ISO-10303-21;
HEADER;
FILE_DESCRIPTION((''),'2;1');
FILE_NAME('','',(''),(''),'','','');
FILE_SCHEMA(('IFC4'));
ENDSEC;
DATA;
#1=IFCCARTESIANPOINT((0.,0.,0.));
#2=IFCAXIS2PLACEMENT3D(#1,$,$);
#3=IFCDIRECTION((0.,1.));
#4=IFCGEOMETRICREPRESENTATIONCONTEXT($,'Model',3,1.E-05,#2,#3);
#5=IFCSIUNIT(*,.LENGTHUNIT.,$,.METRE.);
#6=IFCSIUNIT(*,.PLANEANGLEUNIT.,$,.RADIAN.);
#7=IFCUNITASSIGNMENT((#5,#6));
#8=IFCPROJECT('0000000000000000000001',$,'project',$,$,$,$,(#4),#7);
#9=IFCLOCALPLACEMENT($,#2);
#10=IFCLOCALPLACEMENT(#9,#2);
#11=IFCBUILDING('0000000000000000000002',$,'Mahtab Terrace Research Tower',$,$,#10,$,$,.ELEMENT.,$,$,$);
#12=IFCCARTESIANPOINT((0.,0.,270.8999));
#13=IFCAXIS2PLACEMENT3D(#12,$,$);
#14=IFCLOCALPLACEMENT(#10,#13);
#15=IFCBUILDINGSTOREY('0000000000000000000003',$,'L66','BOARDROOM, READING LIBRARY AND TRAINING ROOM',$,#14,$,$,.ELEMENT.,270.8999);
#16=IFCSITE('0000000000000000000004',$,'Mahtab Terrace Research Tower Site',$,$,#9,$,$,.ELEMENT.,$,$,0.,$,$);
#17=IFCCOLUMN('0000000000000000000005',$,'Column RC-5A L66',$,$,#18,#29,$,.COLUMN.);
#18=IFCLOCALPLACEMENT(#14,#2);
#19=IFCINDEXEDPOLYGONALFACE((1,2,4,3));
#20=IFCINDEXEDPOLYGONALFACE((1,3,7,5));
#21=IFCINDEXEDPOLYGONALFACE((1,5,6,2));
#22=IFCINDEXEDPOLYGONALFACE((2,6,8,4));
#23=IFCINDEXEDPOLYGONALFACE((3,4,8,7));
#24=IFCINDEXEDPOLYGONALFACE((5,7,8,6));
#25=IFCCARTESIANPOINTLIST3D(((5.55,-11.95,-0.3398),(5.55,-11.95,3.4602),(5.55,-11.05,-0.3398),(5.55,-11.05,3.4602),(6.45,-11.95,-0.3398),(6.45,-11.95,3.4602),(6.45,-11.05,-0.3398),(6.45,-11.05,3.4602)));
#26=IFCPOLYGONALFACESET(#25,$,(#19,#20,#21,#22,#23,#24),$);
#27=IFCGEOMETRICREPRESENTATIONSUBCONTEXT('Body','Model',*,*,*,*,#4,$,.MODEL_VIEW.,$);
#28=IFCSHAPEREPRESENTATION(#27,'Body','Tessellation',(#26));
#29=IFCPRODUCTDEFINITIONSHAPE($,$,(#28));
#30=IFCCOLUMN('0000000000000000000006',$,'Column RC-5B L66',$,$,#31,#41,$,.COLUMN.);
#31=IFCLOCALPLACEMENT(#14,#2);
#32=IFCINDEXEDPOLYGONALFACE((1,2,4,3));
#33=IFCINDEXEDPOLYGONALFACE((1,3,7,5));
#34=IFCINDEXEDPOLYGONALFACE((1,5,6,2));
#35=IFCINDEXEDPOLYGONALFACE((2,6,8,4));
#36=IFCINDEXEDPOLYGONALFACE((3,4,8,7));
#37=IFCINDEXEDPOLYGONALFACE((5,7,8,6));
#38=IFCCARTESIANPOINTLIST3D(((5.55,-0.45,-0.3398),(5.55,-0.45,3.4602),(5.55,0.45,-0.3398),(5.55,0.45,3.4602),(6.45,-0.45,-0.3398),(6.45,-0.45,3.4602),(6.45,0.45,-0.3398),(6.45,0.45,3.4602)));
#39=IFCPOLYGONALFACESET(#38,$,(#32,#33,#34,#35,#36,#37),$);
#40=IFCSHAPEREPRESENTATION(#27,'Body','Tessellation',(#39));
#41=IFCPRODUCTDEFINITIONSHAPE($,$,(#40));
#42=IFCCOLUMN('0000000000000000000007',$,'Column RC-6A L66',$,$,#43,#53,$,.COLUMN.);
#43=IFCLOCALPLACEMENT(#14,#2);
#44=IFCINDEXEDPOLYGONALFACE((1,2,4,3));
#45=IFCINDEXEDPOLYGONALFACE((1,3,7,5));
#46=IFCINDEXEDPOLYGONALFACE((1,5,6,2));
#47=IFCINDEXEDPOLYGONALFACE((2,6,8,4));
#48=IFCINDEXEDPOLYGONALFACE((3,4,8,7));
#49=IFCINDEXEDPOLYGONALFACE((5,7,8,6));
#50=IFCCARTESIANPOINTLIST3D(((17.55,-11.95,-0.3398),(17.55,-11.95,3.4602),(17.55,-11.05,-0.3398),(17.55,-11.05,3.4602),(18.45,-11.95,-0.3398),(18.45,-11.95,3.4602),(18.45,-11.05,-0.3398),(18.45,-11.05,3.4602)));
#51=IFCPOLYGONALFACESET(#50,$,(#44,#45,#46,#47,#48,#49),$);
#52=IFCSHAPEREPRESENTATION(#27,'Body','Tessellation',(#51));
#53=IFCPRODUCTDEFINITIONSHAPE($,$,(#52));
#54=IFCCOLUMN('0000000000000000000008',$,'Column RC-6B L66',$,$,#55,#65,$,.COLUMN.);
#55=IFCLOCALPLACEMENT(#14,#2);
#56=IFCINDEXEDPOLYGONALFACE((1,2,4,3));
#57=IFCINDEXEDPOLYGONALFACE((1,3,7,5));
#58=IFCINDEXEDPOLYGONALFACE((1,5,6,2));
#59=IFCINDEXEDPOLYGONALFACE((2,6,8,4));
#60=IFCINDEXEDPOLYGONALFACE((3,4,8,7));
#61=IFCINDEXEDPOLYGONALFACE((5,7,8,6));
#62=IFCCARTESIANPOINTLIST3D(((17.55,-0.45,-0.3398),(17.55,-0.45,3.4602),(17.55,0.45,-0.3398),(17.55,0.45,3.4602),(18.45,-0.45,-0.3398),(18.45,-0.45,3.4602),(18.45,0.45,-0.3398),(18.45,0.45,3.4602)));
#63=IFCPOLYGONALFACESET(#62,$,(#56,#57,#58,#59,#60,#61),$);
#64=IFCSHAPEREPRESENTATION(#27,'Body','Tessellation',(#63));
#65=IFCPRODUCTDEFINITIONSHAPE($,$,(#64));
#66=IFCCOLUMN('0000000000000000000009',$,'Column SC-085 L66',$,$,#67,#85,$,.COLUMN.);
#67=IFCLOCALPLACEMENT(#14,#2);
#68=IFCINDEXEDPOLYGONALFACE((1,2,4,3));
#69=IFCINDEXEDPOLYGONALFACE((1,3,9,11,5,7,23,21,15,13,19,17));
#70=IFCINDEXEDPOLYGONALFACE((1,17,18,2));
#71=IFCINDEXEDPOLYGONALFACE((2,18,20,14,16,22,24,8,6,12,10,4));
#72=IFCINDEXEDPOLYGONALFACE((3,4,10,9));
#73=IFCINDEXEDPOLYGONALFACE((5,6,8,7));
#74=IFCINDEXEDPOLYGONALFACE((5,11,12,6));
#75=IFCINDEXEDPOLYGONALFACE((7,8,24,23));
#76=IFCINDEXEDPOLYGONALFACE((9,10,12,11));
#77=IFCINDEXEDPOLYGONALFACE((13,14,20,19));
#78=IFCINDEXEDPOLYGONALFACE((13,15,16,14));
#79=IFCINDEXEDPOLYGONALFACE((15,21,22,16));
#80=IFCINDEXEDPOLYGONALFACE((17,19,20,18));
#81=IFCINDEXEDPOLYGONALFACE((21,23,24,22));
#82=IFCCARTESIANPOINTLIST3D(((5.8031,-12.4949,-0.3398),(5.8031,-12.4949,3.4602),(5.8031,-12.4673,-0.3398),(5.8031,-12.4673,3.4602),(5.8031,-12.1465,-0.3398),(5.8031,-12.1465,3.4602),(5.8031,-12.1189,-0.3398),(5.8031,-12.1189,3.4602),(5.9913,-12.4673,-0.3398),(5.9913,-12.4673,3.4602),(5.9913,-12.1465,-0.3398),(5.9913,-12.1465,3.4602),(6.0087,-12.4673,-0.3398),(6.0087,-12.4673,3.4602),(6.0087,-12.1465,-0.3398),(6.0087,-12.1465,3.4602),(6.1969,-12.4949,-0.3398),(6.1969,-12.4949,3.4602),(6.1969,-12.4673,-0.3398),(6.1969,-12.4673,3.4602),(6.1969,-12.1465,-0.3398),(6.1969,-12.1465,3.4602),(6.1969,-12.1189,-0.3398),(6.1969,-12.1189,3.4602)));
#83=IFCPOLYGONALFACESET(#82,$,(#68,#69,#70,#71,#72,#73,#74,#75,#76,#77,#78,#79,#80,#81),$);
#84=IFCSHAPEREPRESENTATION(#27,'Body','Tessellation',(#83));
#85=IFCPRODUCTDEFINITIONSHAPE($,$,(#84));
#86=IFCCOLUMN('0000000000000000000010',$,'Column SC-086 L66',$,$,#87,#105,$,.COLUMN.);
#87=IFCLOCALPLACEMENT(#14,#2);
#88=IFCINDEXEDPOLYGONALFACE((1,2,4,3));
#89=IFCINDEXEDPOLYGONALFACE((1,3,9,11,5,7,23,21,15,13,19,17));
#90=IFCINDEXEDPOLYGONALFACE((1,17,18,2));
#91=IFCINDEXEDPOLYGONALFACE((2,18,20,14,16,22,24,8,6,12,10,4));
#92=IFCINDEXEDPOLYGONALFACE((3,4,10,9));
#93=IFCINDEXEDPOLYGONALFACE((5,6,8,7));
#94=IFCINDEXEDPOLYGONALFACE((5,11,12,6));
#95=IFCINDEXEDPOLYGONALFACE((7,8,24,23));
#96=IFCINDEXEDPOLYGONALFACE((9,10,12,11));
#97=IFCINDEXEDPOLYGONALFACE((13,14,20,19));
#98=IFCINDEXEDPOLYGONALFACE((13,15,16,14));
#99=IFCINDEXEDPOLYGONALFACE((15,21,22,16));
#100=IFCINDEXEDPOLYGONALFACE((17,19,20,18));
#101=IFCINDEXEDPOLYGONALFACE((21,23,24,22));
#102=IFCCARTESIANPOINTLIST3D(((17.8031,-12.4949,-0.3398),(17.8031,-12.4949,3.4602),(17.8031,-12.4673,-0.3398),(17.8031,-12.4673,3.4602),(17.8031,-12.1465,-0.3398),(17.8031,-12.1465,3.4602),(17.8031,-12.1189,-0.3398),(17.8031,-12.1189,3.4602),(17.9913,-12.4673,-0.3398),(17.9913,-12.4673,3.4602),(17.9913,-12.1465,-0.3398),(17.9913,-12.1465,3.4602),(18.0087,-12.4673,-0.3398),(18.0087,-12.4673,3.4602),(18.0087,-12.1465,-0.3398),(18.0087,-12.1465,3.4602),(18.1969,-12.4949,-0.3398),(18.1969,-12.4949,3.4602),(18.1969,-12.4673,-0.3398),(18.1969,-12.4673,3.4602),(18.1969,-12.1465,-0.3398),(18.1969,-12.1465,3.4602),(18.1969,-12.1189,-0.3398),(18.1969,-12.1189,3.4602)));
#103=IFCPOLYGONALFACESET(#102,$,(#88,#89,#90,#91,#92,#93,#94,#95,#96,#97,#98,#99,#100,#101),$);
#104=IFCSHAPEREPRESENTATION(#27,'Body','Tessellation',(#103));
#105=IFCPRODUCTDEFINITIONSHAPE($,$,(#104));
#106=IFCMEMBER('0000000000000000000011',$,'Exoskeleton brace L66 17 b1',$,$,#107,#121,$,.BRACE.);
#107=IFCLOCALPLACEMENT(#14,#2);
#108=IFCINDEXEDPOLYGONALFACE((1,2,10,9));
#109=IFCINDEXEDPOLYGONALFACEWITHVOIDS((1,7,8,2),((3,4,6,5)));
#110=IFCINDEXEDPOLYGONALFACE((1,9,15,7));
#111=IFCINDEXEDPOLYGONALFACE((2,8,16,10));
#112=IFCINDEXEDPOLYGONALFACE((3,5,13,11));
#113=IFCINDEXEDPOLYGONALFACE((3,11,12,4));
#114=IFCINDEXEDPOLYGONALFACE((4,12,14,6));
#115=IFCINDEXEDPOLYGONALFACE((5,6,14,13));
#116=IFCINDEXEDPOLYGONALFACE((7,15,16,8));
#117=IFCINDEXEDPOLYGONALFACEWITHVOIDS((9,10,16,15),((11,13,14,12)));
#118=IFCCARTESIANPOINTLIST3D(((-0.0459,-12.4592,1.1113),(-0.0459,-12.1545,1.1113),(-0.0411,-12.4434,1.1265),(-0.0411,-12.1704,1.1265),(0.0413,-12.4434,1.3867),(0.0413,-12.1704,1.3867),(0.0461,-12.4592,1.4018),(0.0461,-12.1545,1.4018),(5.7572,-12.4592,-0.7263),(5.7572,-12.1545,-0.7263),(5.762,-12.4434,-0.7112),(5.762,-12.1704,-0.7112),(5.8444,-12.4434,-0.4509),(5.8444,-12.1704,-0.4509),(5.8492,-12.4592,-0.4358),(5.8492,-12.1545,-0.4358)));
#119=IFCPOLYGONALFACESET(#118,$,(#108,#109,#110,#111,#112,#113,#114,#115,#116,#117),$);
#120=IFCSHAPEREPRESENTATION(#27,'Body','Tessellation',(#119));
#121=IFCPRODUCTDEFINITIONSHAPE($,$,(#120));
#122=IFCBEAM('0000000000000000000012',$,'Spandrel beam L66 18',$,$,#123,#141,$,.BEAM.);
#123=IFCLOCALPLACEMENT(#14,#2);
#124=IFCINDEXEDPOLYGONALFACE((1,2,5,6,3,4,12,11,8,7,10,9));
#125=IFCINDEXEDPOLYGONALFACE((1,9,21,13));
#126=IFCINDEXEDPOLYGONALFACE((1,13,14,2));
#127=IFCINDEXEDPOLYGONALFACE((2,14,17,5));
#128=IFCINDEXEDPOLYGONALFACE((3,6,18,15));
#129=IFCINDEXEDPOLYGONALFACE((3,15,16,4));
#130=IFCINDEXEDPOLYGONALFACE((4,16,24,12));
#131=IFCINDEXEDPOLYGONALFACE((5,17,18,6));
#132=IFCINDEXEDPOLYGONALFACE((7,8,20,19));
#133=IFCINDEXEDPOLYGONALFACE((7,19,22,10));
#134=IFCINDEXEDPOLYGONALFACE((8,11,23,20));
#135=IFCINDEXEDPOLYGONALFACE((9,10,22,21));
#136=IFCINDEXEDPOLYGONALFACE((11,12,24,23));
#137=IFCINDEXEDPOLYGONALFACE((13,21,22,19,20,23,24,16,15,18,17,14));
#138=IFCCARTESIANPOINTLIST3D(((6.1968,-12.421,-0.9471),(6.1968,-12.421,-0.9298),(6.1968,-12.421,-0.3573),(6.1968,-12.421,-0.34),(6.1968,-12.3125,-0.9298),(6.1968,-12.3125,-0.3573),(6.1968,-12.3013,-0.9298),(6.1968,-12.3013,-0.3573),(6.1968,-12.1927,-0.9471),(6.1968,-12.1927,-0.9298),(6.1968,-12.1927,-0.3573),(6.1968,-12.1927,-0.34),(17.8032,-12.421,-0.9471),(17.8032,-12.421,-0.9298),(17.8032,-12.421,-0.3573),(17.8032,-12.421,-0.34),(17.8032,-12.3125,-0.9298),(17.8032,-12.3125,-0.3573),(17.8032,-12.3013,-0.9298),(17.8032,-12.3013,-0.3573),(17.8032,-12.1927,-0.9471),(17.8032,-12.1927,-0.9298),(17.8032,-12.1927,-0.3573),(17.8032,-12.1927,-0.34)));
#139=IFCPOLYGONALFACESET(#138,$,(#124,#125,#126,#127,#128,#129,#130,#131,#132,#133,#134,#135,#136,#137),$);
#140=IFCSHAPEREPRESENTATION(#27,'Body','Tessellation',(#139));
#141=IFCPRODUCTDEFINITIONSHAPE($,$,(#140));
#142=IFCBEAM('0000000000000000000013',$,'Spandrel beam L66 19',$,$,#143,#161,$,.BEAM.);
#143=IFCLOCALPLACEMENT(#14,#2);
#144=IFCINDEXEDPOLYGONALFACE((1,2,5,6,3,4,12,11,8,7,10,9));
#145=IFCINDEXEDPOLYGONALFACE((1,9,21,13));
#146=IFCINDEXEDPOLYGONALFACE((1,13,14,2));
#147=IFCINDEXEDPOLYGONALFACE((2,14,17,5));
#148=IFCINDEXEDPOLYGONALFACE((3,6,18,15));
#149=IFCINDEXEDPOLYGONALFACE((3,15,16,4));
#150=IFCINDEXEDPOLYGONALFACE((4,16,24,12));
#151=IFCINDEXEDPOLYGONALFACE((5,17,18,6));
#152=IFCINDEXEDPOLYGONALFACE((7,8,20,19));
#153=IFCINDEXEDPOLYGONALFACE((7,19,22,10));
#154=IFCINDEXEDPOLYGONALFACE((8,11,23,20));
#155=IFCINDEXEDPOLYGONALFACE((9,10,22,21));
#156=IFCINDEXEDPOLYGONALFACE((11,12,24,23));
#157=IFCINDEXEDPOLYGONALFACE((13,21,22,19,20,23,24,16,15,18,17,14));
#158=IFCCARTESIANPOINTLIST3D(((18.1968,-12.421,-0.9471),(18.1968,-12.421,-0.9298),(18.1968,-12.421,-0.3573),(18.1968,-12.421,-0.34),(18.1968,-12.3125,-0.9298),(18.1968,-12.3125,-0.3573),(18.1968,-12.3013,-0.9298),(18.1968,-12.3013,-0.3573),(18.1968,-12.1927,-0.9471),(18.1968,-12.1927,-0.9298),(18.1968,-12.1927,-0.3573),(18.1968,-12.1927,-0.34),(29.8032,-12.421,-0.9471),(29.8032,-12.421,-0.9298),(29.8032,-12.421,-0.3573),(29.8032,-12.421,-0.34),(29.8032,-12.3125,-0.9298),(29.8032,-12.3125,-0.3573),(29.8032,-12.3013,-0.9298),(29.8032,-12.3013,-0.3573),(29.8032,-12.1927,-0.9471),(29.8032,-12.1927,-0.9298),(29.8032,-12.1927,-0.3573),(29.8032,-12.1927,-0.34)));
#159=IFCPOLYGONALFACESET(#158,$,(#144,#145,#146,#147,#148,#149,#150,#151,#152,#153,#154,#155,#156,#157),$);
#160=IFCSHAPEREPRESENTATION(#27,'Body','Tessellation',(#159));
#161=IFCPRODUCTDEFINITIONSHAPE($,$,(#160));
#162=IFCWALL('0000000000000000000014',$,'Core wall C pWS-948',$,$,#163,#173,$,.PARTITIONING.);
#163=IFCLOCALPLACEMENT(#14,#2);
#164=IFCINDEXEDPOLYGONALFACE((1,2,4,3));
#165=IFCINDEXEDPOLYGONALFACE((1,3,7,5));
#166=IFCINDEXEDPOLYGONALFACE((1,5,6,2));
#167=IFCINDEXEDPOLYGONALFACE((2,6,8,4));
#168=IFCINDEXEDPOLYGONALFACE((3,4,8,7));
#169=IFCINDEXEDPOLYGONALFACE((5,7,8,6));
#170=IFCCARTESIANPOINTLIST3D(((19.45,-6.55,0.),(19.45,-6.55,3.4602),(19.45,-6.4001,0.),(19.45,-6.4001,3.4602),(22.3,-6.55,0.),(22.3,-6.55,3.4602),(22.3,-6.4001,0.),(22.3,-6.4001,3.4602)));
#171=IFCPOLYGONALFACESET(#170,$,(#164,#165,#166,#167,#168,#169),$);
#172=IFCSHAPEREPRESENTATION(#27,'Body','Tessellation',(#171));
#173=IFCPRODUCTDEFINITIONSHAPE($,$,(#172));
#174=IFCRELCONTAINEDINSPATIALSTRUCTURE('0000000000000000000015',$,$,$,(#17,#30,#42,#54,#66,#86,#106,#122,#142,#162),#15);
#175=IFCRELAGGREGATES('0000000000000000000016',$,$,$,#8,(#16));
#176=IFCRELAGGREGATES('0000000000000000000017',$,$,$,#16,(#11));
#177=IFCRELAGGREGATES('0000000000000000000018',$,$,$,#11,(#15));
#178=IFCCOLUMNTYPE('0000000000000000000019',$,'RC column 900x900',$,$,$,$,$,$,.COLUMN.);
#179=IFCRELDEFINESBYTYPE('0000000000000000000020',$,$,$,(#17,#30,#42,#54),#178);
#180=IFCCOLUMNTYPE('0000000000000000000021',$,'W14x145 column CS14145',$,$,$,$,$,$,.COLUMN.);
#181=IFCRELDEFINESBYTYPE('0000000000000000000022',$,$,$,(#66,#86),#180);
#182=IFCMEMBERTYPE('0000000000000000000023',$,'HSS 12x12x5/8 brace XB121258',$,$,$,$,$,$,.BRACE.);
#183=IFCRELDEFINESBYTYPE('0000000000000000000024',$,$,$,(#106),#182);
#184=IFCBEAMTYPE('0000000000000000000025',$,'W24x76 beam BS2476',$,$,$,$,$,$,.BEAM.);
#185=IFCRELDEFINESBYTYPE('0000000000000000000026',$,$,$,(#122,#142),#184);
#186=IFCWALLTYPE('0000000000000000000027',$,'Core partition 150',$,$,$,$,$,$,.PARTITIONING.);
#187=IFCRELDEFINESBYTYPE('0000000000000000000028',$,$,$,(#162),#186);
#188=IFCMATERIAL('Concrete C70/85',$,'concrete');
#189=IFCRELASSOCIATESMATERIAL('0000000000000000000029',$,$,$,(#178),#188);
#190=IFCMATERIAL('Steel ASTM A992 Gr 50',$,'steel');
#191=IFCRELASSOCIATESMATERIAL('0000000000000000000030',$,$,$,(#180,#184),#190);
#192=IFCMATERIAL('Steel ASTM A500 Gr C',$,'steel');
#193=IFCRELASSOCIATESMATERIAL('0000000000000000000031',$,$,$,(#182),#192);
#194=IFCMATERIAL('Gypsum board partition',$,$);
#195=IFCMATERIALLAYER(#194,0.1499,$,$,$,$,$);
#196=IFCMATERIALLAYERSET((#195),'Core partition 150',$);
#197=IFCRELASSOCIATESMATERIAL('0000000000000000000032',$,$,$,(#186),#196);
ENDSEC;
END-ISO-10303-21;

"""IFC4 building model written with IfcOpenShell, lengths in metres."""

from ifc_helpers import new_model, si_unit, direction, frame, frame_2d, origin, origin_2d, place, context, subcontext, project, spatial, rectangle, hollow_rectangle, i_section, extrude, material, layer, layer_set, material_profile, profile_set, type_object, element, save


model = new_model("IFC4")

# Units and contexts
model_context = context("Model", 3, precision=1e-05, world=origin(), true_north=direction((0.0, 1.0)))
body_context = subcontext(model_context, "Body", "Model", "MODEL_VIEW")
ifc_project = project(units=[si_unit("LENGTHUNIT", "METRE"), si_unit("PLANEANGLEUNIT", "RADIAN")], contexts=[model_context])

# Site, building, storey
site_placement = place(None, origin())
site = spatial("IfcSite", under=ifc_project, at=site_placement, Name="Mahtab Terrace Research Tower Site", CompositionType="ELEMENT", RefElevation=0.0)
building_placement = place(site_placement, origin())
building = spatial("IfcBuilding", under=site, at=building_placement, Name="Mahtab Terrace Research Tower", CompositionType="ELEMENT")
storey_placement = place(building_placement, frame((0.0, 0.0, 270.8999)))
storey = spatial("IfcBuildingStorey", under=building, at=storey_placement, Name="L66", Description="BOARDROOM, READING LIBRARY AND TRAINING ROOM", CompositionType="ELEMENT", Elevation=270.8999)

# Columns
ifc_material_1 = material(Name="Concrete C70/85", Category="concrete")
ifc_material_profile_1 = material_profile(ifc_material_1, rectangle(XDim=0.8999, YDim=0.8999, at=origin_2d()), Name="RC column 900x900")
ifc_profile_set_1 = profile_set([ifc_material_profile_1], Name="Concrete C70/85")
column_type_1 = type_object("IfcColumnType", Name="RC column 900x900", PredefinedType="COLUMN", material=ifc_profile_set_1)
for number, where, z_axis, x_axis, name in (
    (1, (6.0, -11.5, -0.3398), (0.0, 0.0, 1.0), (1.0, 0.0, 0.0), "Column RC-5A L66"),
    (2, (6.0, 0.0, -0.3398), (0.0, 0.0, 1.0), (1.0, 0.0, 0.0), "Column RC-5B L66"),
    (3, (18.0, -11.5, -0.3398), (0.0, 0.0, 1.0), (1.0, 0.0, 0.0), "Column RC-6A L66"),
    (4, (18.0, 0.0, -0.3398), (0.0, 0.0, 1.0), (1.0, 0.0, 0.0), "Column RC-6B L66"),
):
    element("IfcColumn", number, at=place(storey_placement, frame(where, z_axis=z_axis, x_axis=x_axis)), inside=storey, type_object=column_type_1, Name=name, PredefinedType="COLUMN", context=body_context, shape_type="SweptSolid", body=[
        extrude(rectangle(XDim=0.8999, YDim=0.8999, at=origin_2d()), origin(), (0.0, 0.0, 1.0), 3.8),
    ])
ifc_material_2 = material(Name="Steel ASTM A992 Gr 50", Category="steel")
ifc_material_profile_2 = material_profile(ifc_material_2, i_section(OverallWidth=0.3938, OverallDepth=0.376, WebThickness=0.0173, FlangeThickness=0.0276, at=origin_2d()), Name="W14X145")
ifc_profile_set_2 = profile_set([ifc_material_profile_2], Name="Steel ASTM A992 Gr 50")
column_type_2 = type_object("IfcColumnType", Name="W14x145 column CS14145", PredefinedType="COLUMN", material=ifc_profile_set_2)
for number, where, z_axis, x_axis, name in (
    (5, (6.0, -12.3069, -0.3398), (0.0, 0.0, 1.0), (1.0, 0.0, 0.0), "Column SC-085 L66"),
    (6, (18.0, -12.3069, -0.3398), (0.0, 0.0, 1.0), (1.0, 0.0, 0.0), "Column SC-086 L66"),
):
    element("IfcColumn", number, at=place(storey_placement, frame(where, z_axis=z_axis, x_axis=x_axis)), inside=storey, type_object=column_type_2, Name=name, PredefinedType="COLUMN", context=body_context, shape_type="SweptSolid", body=[
        extrude(i_section(OverallWidth=0.3938, OverallDepth=0.376, WebThickness=0.0173, FlangeThickness=0.0276, at=origin_2d()), origin(), (0.0, 0.0, 1.0), 3.8),
    ])

# Member
ifc_material_3 = material(Name="Steel ASTM A500 Gr C", Category="steel")
ifc_material_profile_3 = material_profile(ifc_material_3, hollow_rectangle(XDim=0.3047, YDim=0.3047, WallThickness=0.0159, at=origin_2d()), Name="HSS12X12X5/8")
ifc_profile_set_3 = profile_set([ifc_material_profile_3], Name="Steel ASTM A500 Gr C")
member_type = type_object("IfcMemberType", Name="HSS 12x12x5/8 brace XB121258", PredefinedType="BRACE", material=ifc_profile_set_3)
member_placement = place(storey_placement, frame((5.8032, -12.3069, -0.5811), z_axis=(-0.953344, 0.0, 0.301886), x_axis=(0.0, -1.0, 0.0)))
element("IfcMember", 7, at=member_placement, inside=storey, type_object=member_type, Name="Exoskeleton brace L66 17 b1", PredefinedType="BRACE", context=body_context, shape_type="SweptSolid", body=[
    extrude(hollow_rectangle(XDim=0.3047, YDim=0.3047, WallThickness=0.0159, at=origin_2d()), origin(), (0.0, 0.0, 1.0), 6.0872),
])

# Beams
ifc_material_profile_4 = material_profile(ifc_material_2, i_section(OverallWidth=0.2283, OverallDepth=0.6072, WebThickness=0.0112, FlangeThickness=0.0173, at=origin_2d()), Name="W24X76")
ifc_profile_set_4 = profile_set([ifc_material_profile_4], Name="Steel ASTM A992 Gr 50")
beam_type = type_object("IfcBeamType", Name="W24x76 beam BS2476", PredefinedType="BEAM", material=ifc_profile_set_4)
for number, where, z_axis, x_axis, name in (
    (8, (6.1968, -12.3069, -0.6436), (1.0, 0.0, 0.0), (0.0, 1.0, 0.0), "Spandrel beam L66 18"),
    (9, (18.1968, -12.3069, -0.6436), (1.0, 0.0, 0.0), (0.0, 1.0, 0.0), "Spandrel beam L66 19"),
):
    element("IfcBeam", number, at=place(storey_placement, frame(where, z_axis=z_axis, x_axis=x_axis)), inside=storey, type_object=beam_type, Name=name, PredefinedType="BEAM", context=body_context, shape_type="SweptSolid", body=[
        extrude(i_section(OverallWidth=0.2283, OverallDepth=0.6072, WebThickness=0.0112, FlangeThickness=0.0173, at=origin_2d()), origin(), (0.0, 0.0, 1.0), 11.6064),
    ])

# Wall
ifc_material_4 = material(Name="Gypsum board partition")
ifc_layer_1 = layer(ifc_material_4, 0.1499)
ifc_layer_set_1 = layer_set([ifc_layer_1], Name="Core partition 150")
wall_type_1 = type_object("IfcWallType", Name="Core partition 150", PredefinedType="PARTITIONING", material=ifc_layer_set_1)
wall_1_placement = place(storey_placement, frame((19.45, -6.4751, 0.0), z_axis=(0.0, 0.0, 1.0), x_axis=(1.0, 0.0, 0.0)))
element("IfcWall", 10, at=wall_1_placement, inside=storey, type_object=wall_type_1, Name="Core wall C pWS-948", PredefinedType="PARTITIONING", context=body_context, shape_type="SweptSolid", body=[
    extrude(rectangle(XDim=2.8501, YDim=0.1499, at=frame_2d((1.425, 0.0))), origin(), (0.0, 0.0, 1.0), 3.4602),
])

save(model, "model.ifc")
